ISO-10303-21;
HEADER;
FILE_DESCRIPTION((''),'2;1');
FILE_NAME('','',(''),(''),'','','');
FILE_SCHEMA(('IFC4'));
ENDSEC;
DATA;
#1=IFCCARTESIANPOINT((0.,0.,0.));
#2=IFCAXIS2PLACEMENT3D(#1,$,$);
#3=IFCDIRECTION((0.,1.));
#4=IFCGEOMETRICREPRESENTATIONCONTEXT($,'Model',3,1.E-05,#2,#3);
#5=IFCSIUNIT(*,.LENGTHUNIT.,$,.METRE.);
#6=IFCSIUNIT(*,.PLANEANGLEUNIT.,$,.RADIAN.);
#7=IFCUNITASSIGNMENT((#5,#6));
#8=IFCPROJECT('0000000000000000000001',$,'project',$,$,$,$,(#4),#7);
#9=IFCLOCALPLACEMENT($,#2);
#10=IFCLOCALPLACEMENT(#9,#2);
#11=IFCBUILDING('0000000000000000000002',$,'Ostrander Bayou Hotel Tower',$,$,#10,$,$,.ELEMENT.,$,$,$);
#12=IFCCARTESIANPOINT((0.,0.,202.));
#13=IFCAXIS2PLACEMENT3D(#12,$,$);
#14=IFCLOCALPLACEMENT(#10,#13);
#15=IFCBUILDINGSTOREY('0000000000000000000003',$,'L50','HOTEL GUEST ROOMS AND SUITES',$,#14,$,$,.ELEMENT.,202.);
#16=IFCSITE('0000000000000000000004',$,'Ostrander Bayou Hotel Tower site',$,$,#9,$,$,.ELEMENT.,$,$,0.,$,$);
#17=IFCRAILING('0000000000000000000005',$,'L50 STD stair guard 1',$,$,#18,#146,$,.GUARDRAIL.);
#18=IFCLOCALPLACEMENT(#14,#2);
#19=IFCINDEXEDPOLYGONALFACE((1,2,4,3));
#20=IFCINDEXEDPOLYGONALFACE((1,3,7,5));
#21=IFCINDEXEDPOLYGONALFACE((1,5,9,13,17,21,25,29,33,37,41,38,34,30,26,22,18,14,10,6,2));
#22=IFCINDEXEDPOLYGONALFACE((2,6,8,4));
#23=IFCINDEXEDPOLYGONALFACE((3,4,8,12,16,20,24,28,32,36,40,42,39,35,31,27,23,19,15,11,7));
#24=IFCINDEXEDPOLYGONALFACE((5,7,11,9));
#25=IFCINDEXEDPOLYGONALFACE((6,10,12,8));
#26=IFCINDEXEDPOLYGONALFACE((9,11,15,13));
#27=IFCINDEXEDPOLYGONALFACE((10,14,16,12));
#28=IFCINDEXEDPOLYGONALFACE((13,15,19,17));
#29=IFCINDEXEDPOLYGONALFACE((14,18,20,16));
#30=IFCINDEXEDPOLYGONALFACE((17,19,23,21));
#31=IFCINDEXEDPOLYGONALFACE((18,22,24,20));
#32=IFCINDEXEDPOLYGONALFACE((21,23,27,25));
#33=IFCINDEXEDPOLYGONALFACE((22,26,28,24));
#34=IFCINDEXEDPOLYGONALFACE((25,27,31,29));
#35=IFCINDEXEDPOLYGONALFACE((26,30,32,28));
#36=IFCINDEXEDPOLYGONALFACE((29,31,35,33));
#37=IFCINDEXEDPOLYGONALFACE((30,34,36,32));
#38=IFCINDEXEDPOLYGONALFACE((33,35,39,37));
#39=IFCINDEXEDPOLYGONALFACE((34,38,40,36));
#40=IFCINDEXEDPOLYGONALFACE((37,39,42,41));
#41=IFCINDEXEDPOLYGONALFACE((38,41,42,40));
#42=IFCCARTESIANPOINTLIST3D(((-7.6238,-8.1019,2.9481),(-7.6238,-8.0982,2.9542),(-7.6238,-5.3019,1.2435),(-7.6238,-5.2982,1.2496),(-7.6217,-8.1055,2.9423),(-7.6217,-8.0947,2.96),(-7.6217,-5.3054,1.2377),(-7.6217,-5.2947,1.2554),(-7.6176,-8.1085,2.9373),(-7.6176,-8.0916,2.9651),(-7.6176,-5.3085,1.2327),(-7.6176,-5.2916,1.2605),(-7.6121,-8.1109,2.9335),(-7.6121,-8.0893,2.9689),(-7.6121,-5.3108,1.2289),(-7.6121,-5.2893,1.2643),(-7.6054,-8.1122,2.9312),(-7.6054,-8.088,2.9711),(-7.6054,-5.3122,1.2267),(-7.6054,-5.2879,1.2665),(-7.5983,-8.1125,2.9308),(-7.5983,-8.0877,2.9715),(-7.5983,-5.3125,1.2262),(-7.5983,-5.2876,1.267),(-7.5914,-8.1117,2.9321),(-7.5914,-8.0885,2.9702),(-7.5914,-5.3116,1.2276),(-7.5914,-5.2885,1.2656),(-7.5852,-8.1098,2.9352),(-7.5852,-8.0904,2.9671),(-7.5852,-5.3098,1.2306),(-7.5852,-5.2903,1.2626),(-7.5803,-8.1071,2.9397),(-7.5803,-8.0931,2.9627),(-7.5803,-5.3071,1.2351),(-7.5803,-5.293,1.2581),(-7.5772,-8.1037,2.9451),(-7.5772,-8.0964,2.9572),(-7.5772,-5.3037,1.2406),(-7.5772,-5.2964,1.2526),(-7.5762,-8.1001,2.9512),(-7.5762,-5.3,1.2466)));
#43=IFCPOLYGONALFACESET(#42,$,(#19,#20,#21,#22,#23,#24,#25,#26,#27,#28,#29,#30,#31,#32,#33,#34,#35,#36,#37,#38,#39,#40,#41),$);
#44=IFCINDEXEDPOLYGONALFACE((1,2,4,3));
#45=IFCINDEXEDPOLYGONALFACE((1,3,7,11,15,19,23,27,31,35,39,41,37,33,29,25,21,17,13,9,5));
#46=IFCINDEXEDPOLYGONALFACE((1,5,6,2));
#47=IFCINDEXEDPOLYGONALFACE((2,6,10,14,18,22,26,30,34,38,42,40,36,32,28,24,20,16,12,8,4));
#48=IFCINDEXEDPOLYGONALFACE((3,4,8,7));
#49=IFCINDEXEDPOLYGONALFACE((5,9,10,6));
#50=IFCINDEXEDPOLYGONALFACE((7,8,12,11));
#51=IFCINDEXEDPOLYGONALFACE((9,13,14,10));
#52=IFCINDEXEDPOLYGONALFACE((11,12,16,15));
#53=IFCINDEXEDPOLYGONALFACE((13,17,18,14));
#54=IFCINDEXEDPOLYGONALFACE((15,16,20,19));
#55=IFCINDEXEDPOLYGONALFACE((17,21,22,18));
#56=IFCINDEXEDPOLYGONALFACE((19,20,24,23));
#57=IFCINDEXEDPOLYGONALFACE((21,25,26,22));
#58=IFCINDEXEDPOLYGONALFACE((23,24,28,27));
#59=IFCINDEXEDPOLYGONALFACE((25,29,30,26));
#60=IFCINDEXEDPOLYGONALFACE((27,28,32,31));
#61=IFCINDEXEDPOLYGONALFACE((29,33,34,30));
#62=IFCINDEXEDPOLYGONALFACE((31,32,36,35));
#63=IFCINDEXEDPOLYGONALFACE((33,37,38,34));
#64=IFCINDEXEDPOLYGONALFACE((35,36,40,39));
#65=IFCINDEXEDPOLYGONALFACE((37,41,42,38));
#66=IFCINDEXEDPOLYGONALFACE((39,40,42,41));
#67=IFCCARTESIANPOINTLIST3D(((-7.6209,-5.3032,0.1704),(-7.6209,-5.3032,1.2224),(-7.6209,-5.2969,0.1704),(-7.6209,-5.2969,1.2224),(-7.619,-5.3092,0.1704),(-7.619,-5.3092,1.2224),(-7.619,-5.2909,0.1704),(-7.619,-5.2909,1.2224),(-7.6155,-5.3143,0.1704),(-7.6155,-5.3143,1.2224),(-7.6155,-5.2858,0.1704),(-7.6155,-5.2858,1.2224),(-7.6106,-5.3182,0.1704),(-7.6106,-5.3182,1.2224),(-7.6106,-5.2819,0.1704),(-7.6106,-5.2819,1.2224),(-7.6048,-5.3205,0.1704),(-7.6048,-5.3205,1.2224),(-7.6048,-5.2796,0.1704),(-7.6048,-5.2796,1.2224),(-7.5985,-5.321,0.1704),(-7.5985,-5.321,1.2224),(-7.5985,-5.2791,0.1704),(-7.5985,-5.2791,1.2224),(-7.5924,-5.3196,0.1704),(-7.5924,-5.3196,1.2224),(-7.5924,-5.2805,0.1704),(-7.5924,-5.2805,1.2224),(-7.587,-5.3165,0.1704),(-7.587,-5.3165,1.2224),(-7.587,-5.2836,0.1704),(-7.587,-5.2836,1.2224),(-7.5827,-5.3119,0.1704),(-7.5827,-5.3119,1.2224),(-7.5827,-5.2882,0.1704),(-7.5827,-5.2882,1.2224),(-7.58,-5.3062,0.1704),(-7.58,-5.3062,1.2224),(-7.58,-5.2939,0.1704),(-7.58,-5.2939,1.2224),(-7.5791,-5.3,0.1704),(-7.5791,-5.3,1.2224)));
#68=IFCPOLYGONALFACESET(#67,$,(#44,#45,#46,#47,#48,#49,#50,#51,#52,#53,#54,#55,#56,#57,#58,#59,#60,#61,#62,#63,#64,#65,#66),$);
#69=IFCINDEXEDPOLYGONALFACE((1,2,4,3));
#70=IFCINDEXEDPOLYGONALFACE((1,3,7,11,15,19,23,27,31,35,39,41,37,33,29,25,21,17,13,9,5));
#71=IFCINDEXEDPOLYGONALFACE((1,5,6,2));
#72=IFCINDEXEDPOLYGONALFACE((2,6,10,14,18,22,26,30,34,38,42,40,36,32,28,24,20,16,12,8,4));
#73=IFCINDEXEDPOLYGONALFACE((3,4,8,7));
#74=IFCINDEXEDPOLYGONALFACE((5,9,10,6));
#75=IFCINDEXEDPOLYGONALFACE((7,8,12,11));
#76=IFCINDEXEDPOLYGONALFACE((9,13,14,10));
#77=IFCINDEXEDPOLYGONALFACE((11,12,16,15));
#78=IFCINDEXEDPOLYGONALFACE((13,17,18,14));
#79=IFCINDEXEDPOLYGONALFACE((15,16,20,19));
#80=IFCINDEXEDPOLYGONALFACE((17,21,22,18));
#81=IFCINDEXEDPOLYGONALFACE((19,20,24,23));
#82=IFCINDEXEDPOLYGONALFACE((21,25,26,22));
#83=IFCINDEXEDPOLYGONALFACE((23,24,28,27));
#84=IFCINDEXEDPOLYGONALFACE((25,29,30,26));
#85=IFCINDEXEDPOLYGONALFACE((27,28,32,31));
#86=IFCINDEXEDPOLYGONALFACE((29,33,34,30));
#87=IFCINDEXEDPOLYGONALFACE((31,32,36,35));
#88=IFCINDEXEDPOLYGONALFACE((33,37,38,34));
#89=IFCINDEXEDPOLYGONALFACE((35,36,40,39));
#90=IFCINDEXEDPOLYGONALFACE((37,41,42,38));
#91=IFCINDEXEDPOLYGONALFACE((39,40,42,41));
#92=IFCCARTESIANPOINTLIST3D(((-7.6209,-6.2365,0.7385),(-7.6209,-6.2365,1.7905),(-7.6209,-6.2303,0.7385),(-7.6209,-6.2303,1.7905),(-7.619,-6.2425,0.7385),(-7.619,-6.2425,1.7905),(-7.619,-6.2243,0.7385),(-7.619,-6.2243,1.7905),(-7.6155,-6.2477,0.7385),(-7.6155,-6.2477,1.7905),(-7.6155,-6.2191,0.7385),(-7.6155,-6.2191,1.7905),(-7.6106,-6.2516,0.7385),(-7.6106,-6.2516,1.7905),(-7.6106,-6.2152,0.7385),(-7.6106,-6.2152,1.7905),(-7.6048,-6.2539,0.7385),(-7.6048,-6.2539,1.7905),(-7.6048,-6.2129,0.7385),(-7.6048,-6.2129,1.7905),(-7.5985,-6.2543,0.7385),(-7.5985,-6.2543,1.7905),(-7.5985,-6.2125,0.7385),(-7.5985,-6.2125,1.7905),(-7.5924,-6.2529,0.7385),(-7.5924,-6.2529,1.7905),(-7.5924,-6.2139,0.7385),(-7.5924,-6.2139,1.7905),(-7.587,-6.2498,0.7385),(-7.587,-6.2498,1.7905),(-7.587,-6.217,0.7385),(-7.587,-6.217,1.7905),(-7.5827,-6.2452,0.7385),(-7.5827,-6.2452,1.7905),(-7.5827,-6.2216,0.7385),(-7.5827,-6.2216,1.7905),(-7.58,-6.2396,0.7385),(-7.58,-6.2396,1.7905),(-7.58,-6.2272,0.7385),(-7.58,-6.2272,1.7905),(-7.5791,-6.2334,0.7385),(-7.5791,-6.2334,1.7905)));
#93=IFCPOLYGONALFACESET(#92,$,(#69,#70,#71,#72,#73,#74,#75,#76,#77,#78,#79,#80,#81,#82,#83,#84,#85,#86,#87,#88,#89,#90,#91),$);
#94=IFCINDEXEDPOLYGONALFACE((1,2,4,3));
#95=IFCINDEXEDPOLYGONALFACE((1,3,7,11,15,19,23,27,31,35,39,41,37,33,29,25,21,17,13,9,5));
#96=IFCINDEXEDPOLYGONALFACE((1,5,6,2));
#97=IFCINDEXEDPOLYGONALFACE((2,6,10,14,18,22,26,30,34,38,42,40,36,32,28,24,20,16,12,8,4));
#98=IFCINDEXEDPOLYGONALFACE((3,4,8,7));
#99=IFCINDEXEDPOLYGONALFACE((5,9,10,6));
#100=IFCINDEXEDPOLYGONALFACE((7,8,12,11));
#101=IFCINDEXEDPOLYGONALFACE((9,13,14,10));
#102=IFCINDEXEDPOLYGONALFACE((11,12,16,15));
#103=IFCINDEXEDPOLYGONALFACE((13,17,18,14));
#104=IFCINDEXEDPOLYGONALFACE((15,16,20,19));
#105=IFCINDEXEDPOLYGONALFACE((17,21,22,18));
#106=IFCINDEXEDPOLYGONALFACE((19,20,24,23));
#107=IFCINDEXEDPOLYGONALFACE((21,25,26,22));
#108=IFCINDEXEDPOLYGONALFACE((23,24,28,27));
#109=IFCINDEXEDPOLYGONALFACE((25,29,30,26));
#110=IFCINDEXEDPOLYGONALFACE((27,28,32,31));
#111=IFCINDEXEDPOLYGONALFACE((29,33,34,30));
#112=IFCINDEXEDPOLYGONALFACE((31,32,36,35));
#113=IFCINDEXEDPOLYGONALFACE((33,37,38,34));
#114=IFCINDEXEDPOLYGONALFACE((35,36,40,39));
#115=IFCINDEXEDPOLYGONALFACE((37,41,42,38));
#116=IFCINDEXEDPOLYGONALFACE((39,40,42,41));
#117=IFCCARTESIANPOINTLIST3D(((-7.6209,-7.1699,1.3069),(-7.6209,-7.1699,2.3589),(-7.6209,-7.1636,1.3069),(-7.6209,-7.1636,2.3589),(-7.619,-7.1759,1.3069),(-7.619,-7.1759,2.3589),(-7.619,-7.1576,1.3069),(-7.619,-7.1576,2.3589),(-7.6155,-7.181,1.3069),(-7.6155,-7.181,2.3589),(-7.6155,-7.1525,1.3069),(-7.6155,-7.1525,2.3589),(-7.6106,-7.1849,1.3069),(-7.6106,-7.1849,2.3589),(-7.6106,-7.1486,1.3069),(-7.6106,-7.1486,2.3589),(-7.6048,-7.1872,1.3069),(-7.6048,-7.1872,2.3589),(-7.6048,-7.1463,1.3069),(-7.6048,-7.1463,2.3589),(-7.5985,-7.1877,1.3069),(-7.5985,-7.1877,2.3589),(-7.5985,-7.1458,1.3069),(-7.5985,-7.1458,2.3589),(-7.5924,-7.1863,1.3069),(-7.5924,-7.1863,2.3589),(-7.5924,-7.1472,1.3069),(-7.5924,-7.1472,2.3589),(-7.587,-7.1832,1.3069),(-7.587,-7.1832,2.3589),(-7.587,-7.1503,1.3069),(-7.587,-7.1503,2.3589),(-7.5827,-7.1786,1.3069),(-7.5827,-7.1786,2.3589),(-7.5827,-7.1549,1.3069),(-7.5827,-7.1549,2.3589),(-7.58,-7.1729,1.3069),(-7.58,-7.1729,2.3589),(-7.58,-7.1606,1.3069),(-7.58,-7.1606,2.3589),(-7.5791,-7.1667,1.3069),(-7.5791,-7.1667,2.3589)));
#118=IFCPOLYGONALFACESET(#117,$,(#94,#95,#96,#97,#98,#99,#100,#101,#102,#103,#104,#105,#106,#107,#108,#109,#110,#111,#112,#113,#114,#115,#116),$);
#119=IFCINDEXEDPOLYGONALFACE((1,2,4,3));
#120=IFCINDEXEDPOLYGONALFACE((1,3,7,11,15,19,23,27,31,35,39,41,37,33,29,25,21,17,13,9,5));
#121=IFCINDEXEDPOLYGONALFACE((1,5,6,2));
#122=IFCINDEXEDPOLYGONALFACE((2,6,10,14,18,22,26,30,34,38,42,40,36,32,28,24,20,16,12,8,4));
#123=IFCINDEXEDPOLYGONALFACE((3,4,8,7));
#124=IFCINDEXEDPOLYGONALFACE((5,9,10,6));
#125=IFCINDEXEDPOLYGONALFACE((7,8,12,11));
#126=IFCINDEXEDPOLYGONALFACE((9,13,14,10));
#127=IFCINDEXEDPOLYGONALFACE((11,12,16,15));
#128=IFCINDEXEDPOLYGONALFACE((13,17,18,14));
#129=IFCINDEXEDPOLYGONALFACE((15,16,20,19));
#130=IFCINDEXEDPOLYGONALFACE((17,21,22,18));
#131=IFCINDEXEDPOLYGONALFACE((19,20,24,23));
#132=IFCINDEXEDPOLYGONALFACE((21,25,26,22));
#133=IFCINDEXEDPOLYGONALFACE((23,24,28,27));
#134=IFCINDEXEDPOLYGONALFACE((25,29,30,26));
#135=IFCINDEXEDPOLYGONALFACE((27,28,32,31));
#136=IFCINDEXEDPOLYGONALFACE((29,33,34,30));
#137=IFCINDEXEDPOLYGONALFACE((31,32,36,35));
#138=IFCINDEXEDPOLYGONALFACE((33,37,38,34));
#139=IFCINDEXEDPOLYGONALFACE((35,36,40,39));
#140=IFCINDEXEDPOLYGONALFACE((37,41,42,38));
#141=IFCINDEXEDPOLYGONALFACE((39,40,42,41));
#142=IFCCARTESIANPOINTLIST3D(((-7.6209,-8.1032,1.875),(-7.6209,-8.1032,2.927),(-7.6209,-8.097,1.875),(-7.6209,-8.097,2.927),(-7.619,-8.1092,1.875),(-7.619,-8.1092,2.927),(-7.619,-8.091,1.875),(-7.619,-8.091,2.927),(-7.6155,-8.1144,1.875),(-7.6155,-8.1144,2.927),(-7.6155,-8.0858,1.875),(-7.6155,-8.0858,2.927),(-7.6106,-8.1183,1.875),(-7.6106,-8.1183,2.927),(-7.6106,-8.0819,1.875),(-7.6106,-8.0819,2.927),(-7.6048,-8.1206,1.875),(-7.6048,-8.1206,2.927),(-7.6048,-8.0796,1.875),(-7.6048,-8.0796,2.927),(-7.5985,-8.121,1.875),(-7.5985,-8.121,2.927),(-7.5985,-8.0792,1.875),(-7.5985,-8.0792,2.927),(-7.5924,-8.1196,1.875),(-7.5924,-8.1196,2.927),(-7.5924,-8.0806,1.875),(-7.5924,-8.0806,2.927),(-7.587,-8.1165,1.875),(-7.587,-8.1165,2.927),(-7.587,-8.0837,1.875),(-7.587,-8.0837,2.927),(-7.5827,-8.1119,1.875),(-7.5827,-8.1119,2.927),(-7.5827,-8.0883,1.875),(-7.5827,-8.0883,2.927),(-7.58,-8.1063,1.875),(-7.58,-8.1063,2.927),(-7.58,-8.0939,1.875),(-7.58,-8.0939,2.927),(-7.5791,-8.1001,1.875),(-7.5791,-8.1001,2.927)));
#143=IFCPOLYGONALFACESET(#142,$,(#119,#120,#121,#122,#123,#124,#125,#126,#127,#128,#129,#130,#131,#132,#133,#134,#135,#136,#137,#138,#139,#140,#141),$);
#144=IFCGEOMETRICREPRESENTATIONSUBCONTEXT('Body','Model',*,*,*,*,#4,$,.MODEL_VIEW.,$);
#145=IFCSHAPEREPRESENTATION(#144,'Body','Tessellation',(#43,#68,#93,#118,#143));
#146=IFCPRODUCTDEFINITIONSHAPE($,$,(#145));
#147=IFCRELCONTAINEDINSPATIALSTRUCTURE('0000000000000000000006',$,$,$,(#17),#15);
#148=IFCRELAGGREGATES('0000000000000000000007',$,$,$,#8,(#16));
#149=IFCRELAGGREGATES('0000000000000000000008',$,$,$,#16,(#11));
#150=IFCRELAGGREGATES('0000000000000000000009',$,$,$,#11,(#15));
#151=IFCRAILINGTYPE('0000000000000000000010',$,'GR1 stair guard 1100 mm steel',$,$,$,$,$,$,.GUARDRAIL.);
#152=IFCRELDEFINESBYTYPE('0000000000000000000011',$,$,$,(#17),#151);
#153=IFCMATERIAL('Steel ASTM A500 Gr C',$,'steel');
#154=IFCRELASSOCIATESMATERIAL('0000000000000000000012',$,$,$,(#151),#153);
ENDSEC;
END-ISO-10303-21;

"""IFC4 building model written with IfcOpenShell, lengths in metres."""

from ifc_helpers import new_model, si_unit, direction, frame, origin, origin_2d, place, context, subcontext, project, spatial, circle, extrude, material, type_object, element, save


model = new_model("IFC4")

# Units and contexts
model_context = context("Model", 3, precision=1e-05, world=origin(), true_north=direction((0.0, 1.0)))
body_context = subcontext(model_context, "Body", "Model", "MODEL_VIEW")
ifc_project = project(units=[si_unit("LENGTHUNIT", "METRE"), si_unit("PLANEANGLEUNIT", "RADIAN")], contexts=[model_context])

# Site, building, storey
site_placement = place(None, origin())
site = spatial("IfcSite", under=ifc_project, at=site_placement, Name="Ostrander Bayou Hotel Tower site", CompositionType="ELEMENT", RefElevation=0.0)
building_placement = place(site_placement, origin())
building = spatial("IfcBuilding", under=site, at=building_placement, Name="Ostrander Bayou Hotel Tower", CompositionType="ELEMENT")
storey_placement = place(building_placement, frame((0.0, 0.0, 202.0)))
storey = spatial("IfcBuildingStorey", under=building, at=storey_placement, Name="L50", Description="HOTEL GUEST ROOMS AND SUITES", CompositionType="ELEMENT", Elevation=202.0)

# Railing
ifc_material_1 = material(Name="Steel ASTM A500 Gr C", Category="steel")
railing_type_1 = type_object("IfcRailingType", Name="GR1 stair guard 1100 mm steel", PredefinedType="GUARDRAIL", material=ifc_material_1)
railing_1_placement = place(storey_placement, frame((-7.6001, -5.3, 0.1704)))
element("IfcRailing", 1, at=railing_1_placement, inside=storey, type_object=railing_type_1, Name="L50 STD stair guard 1", PredefinedType="GUARDRAIL", context=body_context, shape_type="SweptSolid", body=[
    extrude(circle(Radius=0.0239, at=origin_2d()), frame((0.0, 0.0, 1.0762), z_axis=(0.0, -0.85417, 0.519994), x_axis=(1.0, 0.0, 0.0)), (0.0, 0.0, 1.0), 3.2781),
    extrude(circle(Radius=0.021, at=origin_2d()), origin(), (0.0, 0.0, 1.0), 1.052),
    extrude(circle(Radius=0.021, at=origin_2d()), frame((0.0, -0.9333, 0.5681)), (0.0, 0.0, 1.0), 1.052),
    extrude(circle(Radius=0.021, at=origin_2d()), frame((0.0, -1.8667, 1.1365)), (0.0, 0.0, 1.0), 1.052),
    extrude(circle(Radius=0.021, at=origin_2d()), frame((0.0, -2.8, 1.7046)), (0.0, 0.0, 1.0), 1.052),
])

save(model, "model.ifc")
